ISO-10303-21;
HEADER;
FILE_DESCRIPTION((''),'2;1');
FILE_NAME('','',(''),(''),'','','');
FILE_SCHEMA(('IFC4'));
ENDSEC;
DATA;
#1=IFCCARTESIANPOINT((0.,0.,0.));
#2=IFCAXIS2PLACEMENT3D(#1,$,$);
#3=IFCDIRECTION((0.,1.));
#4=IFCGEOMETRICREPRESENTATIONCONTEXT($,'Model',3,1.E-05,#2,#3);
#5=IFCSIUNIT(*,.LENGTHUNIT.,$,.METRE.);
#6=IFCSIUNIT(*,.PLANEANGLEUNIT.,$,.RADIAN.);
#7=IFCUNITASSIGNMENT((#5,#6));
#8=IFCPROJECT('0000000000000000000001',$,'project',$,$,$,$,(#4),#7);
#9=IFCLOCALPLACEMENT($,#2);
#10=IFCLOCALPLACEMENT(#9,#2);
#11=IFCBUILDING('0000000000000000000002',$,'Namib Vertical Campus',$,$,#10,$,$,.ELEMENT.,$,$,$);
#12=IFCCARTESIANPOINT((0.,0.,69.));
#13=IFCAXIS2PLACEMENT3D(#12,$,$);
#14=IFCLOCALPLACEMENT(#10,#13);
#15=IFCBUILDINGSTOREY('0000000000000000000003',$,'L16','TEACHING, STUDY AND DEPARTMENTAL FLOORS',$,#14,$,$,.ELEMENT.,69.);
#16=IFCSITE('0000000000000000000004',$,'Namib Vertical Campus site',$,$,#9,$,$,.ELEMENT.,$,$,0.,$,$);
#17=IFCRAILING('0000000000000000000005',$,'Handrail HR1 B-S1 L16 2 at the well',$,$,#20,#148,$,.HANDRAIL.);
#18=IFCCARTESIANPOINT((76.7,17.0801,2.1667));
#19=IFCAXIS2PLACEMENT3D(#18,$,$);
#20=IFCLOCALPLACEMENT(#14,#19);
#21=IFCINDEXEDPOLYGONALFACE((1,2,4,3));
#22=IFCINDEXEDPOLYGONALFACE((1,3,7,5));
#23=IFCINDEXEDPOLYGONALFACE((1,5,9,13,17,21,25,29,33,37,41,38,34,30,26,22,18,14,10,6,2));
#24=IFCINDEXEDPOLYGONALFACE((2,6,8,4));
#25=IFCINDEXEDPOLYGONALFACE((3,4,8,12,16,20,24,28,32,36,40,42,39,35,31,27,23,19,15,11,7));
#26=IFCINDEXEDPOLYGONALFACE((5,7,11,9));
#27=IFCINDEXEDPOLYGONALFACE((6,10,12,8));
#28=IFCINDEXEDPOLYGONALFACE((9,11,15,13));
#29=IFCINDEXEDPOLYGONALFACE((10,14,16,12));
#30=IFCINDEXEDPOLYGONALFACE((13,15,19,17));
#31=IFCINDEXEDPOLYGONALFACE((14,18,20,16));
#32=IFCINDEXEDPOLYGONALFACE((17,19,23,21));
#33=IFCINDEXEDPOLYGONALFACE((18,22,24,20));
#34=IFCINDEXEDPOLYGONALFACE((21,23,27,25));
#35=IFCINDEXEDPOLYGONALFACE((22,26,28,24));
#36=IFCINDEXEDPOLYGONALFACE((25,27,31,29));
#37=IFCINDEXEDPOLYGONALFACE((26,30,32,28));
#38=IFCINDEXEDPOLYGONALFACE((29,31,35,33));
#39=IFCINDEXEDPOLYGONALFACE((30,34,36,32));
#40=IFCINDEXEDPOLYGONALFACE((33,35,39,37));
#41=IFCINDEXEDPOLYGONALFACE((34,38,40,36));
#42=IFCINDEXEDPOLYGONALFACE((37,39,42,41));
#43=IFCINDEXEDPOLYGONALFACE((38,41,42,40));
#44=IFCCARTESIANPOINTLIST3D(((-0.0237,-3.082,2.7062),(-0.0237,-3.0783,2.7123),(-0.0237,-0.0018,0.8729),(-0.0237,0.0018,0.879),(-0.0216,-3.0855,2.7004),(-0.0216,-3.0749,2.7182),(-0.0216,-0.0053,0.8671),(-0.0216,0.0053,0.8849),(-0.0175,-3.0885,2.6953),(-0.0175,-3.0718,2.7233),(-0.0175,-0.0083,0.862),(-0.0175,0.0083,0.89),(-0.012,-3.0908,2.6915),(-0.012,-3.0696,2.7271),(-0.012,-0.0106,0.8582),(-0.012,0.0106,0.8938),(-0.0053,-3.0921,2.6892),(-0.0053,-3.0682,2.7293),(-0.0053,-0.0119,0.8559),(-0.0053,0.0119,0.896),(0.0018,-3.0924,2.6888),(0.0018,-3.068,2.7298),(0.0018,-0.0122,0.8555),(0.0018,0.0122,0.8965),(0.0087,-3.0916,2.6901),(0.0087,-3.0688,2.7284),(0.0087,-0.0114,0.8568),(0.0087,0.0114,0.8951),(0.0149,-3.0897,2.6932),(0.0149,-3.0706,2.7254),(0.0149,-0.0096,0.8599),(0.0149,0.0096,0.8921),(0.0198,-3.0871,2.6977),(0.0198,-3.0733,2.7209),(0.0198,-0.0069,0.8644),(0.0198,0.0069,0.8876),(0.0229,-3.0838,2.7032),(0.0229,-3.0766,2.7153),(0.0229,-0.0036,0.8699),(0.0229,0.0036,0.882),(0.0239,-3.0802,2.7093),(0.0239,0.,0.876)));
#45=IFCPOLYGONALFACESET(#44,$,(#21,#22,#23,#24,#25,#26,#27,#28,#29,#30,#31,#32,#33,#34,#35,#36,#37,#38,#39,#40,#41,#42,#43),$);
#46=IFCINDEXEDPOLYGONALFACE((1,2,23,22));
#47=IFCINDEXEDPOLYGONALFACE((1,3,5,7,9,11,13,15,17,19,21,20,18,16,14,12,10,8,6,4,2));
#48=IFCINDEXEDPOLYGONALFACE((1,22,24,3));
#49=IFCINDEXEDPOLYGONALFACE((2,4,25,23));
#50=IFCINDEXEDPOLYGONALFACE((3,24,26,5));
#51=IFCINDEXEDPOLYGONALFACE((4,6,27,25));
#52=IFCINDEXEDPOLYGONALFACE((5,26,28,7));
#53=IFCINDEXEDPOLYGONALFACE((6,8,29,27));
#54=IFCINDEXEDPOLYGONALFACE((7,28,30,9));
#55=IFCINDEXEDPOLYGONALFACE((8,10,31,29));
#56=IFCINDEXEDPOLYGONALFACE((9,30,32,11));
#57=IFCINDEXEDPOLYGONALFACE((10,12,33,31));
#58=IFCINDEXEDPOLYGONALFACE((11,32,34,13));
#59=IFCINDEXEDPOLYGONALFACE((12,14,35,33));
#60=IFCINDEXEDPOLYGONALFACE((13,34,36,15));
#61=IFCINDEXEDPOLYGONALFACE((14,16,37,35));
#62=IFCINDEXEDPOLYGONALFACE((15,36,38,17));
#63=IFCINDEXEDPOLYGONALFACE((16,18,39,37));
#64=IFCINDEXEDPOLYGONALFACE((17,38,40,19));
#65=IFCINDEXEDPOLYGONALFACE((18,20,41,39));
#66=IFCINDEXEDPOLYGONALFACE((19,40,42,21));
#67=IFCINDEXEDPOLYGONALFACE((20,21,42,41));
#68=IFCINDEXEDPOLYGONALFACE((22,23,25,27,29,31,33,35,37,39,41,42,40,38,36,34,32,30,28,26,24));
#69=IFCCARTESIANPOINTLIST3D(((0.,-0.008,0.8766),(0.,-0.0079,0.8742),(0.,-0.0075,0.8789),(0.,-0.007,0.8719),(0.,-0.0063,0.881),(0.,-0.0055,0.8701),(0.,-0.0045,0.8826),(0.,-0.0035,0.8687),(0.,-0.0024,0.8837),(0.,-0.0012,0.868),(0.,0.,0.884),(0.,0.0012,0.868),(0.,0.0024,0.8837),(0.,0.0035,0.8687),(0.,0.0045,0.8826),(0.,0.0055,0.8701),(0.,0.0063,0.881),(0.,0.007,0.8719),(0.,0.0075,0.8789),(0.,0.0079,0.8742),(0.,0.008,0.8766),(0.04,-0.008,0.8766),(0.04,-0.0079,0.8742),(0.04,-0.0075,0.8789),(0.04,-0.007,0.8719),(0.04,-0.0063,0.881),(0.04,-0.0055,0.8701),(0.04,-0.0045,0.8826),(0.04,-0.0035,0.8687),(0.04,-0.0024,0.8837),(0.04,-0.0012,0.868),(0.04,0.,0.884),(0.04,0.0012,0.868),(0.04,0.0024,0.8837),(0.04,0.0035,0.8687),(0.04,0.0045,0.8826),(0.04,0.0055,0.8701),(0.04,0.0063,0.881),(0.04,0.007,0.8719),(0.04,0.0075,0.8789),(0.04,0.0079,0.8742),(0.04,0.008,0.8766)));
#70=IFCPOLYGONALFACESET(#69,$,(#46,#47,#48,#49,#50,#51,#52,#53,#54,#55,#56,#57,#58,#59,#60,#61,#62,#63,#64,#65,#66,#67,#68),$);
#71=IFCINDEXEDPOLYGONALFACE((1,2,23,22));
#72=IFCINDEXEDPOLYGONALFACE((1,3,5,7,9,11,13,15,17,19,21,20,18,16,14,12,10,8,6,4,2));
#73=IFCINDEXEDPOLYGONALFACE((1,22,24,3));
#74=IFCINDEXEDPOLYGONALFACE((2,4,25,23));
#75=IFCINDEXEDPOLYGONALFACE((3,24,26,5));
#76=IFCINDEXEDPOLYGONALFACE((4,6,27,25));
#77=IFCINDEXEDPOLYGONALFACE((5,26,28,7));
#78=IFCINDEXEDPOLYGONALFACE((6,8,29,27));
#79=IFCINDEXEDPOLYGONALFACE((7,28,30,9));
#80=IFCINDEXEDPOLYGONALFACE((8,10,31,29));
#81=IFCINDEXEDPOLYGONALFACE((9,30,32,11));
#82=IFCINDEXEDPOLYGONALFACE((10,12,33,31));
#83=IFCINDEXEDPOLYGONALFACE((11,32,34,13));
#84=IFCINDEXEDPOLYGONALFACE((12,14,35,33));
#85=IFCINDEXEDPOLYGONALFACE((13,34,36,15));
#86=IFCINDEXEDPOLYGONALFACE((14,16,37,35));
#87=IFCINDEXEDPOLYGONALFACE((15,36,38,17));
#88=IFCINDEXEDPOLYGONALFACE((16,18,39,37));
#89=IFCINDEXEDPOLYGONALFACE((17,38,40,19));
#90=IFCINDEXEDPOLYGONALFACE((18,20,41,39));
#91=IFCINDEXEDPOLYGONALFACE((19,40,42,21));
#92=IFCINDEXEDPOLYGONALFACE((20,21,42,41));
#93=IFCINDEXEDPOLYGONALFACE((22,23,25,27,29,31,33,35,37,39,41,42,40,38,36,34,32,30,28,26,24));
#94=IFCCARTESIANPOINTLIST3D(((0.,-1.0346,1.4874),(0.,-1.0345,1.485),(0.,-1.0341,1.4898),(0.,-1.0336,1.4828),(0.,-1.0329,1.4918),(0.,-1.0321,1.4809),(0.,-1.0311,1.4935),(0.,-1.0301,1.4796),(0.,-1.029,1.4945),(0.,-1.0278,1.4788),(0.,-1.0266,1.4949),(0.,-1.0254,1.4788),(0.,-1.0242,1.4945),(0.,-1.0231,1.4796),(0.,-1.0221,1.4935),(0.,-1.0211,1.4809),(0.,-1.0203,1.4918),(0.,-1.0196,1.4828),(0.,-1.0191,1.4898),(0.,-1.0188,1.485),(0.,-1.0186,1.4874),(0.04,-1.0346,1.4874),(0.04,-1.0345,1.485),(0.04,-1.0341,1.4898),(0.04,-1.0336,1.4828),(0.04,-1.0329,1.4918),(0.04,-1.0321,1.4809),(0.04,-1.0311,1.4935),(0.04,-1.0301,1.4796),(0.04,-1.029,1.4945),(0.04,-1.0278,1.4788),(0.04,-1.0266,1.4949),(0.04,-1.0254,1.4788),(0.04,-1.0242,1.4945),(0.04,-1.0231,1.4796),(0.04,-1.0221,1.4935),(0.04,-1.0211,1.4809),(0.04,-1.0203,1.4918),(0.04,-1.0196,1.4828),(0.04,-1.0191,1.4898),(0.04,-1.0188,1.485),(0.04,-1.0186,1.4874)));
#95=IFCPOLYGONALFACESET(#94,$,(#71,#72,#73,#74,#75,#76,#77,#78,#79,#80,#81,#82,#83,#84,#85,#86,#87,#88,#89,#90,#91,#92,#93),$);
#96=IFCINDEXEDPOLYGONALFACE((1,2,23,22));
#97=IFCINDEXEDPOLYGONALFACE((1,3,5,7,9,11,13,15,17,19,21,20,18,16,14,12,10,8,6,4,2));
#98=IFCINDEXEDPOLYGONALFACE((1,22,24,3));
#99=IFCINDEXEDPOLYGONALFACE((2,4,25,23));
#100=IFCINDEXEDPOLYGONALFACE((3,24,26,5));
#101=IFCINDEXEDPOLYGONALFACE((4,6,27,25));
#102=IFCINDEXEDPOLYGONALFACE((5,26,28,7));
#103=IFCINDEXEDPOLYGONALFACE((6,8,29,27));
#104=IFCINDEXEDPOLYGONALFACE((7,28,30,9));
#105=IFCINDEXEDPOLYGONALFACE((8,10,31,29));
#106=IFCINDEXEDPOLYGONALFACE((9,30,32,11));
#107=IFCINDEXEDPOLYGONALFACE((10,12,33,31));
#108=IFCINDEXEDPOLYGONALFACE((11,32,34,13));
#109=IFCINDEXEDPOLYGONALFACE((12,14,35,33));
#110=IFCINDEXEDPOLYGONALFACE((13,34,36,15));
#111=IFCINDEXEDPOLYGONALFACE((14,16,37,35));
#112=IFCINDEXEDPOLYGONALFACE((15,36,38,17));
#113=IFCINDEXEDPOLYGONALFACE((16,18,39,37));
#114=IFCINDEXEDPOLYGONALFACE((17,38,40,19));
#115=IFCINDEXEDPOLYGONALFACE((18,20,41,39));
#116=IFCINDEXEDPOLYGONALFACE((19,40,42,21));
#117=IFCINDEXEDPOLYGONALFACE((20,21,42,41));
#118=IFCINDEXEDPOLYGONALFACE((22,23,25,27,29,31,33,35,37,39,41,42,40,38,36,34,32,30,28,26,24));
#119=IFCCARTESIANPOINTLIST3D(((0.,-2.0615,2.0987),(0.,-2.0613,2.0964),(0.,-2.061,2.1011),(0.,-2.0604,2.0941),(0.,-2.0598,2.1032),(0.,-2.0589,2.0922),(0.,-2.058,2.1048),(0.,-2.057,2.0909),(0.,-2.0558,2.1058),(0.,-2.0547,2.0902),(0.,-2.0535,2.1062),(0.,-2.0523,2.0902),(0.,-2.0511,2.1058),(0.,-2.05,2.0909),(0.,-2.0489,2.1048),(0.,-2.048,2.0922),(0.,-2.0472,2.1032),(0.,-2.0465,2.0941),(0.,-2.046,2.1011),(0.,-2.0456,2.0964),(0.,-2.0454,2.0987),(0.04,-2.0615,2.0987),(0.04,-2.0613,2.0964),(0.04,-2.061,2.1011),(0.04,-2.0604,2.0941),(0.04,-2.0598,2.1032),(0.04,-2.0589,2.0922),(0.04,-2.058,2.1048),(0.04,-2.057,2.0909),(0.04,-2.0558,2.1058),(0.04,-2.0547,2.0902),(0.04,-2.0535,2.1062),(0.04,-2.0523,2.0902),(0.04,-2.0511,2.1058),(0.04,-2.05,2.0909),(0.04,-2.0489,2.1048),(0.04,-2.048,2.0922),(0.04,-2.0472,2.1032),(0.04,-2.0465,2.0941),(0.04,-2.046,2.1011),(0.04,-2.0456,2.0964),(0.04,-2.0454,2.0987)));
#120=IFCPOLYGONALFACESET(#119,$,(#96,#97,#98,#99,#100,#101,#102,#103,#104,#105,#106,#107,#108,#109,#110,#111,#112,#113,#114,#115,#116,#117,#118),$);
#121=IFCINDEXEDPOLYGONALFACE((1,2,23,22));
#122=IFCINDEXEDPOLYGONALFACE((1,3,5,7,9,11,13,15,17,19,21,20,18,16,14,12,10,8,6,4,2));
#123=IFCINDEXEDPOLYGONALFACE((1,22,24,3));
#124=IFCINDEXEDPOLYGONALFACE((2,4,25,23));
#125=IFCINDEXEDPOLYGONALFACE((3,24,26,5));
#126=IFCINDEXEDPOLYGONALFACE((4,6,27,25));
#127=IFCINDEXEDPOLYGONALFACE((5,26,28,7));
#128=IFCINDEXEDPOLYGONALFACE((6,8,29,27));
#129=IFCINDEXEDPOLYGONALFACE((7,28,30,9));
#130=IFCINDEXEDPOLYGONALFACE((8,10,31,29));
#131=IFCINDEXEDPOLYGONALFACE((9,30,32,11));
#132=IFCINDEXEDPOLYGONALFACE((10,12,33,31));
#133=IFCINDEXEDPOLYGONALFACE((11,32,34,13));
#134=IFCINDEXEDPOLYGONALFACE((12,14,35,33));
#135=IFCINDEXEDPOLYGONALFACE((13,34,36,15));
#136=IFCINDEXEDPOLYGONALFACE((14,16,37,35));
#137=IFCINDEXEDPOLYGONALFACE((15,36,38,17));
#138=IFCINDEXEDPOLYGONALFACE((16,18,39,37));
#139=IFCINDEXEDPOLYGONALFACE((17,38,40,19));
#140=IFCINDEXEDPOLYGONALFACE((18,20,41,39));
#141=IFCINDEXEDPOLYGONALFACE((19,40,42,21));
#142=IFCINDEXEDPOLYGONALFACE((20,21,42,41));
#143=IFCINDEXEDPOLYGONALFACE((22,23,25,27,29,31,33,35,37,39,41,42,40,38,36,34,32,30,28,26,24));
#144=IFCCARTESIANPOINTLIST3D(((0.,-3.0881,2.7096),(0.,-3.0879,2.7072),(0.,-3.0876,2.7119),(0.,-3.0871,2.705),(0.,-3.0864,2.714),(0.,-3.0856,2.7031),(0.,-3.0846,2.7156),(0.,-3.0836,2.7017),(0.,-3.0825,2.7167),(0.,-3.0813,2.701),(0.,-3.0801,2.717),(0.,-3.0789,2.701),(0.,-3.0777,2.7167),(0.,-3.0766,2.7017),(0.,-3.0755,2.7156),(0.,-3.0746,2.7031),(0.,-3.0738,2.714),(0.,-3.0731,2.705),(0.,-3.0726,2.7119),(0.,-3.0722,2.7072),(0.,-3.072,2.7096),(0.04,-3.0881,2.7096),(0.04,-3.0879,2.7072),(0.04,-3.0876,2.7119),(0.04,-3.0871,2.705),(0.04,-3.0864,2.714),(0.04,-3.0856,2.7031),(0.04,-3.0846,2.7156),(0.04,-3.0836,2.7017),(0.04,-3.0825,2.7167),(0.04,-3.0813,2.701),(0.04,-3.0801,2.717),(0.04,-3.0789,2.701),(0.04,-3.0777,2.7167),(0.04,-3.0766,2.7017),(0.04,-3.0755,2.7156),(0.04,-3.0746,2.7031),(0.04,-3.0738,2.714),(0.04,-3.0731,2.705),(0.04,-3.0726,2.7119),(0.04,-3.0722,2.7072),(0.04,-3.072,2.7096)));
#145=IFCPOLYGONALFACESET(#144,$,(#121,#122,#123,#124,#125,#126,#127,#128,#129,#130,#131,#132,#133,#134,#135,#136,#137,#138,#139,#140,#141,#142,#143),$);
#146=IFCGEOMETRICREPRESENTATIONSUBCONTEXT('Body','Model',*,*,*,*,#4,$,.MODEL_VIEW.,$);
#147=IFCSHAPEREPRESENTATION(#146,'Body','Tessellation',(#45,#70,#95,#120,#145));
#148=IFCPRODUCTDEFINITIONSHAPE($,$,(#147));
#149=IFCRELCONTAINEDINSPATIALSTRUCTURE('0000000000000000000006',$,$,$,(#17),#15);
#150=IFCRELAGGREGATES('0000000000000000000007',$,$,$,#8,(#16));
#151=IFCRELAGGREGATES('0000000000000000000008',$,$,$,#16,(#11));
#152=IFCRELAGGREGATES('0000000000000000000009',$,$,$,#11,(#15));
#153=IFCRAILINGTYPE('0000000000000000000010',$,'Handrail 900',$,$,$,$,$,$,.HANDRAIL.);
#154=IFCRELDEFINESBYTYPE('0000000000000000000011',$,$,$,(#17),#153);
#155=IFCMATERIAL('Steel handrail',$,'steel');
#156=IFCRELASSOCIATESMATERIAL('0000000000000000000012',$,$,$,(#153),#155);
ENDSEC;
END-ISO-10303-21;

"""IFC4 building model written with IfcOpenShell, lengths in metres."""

from ifc_helpers import new_model, si_unit, direction, frame, origin, origin_2d, place, context, subcontext, project, spatial, circle, extrude, material, type_object, element, save


model = new_model("IFC4")

# Units and contexts
model_context = context("Model", 3, precision=1e-05, world=origin(), true_north=direction((0.0, 1.0)))
body_context = subcontext(model_context, "Body", "Model", "MODEL_VIEW")
ifc_project = project(units=[si_unit("LENGTHUNIT", "METRE"), si_unit("PLANEANGLEUNIT", "RADIAN")], contexts=[model_context])

# Site, building, storey
site_placement = place(None, origin())
site = spatial("IfcSite", under=ifc_project, at=site_placement, Name="Namib Vertical Campus site", CompositionType="ELEMENT", RefElevation=0.0)
building_placement = place(site_placement, origin())
building = spatial("IfcBuilding", under=site, at=building_placement, Name="Namib Vertical Campus", CompositionType="ELEMENT")
storey_placement = place(building_placement, frame((0.0, 0.0, 69.0)))
storey = spatial("IfcBuildingStorey", under=building, at=storey_placement, Name="L16", Description="TEACHING, STUDY AND DEPARTMENTAL FLOORS", CompositionType="ELEMENT", Elevation=69.0)

# Railing
ifc_material_1 = material(Name="Steel handrail", Category="steel")
railing_type_1 = type_object("IfcRailingType", Name="Handrail 900", PredefinedType="HANDRAIL", material=ifc_material_1)
railing_1_placement = place(storey_placement, frame((76.7, 17.0801, 2.1667)))
element("IfcRailing", 1, at=railing_1_placement, inside=storey, type_object=railing_type_1, Name="Handrail HR1 B-S1 L16 2 at the well", PredefinedType="HANDRAIL", context=body_context, shape_type="SweptSolid", body=[
    extrude(circle(Radius=0.0239, at=origin_2d()), frame((0.0, 0.0, 0.876), z_axis=(0.0, -0.859309, 0.511458), x_axis=(1.0, 0.0, 0.0)), (0.0, 0.0, 1.0), 3.5845),
    extrude(circle(Radius=0.0081, at=origin_2d()), frame((0.0, 0.0, 0.876), z_axis=(1.0, 0.0, 0.0), x_axis=(0.0, 0.0, 1.0)), (0.0, 0.0, 1.0), 0.04),
    extrude(circle(Radius=0.0081, at=origin_2d()), frame((0.0, -1.0266, 1.4868), z_axis=(1.0, 0.0, 0.0), x_axis=(0.0, 0.0, 1.0)), (0.0, 0.0, 1.0), 0.04),
    extrude(circle(Radius=0.0081, at=origin_2d()), frame((0.0, -2.0535, 2.0981), z_axis=(1.0, 0.0, 0.0), x_axis=(0.0, 0.0, 1.0)), (0.0, 0.0, 1.0), 0.04),
    extrude(circle(Radius=0.0081, at=origin_2d()), frame((0.0, -3.0801, 2.709), z_axis=(1.0, 0.0, 0.0), x_axis=(0.0, 0.0, 1.0)), (0.0, 0.0, 1.0), 0.04),
])

save(model, "model.ifc")
